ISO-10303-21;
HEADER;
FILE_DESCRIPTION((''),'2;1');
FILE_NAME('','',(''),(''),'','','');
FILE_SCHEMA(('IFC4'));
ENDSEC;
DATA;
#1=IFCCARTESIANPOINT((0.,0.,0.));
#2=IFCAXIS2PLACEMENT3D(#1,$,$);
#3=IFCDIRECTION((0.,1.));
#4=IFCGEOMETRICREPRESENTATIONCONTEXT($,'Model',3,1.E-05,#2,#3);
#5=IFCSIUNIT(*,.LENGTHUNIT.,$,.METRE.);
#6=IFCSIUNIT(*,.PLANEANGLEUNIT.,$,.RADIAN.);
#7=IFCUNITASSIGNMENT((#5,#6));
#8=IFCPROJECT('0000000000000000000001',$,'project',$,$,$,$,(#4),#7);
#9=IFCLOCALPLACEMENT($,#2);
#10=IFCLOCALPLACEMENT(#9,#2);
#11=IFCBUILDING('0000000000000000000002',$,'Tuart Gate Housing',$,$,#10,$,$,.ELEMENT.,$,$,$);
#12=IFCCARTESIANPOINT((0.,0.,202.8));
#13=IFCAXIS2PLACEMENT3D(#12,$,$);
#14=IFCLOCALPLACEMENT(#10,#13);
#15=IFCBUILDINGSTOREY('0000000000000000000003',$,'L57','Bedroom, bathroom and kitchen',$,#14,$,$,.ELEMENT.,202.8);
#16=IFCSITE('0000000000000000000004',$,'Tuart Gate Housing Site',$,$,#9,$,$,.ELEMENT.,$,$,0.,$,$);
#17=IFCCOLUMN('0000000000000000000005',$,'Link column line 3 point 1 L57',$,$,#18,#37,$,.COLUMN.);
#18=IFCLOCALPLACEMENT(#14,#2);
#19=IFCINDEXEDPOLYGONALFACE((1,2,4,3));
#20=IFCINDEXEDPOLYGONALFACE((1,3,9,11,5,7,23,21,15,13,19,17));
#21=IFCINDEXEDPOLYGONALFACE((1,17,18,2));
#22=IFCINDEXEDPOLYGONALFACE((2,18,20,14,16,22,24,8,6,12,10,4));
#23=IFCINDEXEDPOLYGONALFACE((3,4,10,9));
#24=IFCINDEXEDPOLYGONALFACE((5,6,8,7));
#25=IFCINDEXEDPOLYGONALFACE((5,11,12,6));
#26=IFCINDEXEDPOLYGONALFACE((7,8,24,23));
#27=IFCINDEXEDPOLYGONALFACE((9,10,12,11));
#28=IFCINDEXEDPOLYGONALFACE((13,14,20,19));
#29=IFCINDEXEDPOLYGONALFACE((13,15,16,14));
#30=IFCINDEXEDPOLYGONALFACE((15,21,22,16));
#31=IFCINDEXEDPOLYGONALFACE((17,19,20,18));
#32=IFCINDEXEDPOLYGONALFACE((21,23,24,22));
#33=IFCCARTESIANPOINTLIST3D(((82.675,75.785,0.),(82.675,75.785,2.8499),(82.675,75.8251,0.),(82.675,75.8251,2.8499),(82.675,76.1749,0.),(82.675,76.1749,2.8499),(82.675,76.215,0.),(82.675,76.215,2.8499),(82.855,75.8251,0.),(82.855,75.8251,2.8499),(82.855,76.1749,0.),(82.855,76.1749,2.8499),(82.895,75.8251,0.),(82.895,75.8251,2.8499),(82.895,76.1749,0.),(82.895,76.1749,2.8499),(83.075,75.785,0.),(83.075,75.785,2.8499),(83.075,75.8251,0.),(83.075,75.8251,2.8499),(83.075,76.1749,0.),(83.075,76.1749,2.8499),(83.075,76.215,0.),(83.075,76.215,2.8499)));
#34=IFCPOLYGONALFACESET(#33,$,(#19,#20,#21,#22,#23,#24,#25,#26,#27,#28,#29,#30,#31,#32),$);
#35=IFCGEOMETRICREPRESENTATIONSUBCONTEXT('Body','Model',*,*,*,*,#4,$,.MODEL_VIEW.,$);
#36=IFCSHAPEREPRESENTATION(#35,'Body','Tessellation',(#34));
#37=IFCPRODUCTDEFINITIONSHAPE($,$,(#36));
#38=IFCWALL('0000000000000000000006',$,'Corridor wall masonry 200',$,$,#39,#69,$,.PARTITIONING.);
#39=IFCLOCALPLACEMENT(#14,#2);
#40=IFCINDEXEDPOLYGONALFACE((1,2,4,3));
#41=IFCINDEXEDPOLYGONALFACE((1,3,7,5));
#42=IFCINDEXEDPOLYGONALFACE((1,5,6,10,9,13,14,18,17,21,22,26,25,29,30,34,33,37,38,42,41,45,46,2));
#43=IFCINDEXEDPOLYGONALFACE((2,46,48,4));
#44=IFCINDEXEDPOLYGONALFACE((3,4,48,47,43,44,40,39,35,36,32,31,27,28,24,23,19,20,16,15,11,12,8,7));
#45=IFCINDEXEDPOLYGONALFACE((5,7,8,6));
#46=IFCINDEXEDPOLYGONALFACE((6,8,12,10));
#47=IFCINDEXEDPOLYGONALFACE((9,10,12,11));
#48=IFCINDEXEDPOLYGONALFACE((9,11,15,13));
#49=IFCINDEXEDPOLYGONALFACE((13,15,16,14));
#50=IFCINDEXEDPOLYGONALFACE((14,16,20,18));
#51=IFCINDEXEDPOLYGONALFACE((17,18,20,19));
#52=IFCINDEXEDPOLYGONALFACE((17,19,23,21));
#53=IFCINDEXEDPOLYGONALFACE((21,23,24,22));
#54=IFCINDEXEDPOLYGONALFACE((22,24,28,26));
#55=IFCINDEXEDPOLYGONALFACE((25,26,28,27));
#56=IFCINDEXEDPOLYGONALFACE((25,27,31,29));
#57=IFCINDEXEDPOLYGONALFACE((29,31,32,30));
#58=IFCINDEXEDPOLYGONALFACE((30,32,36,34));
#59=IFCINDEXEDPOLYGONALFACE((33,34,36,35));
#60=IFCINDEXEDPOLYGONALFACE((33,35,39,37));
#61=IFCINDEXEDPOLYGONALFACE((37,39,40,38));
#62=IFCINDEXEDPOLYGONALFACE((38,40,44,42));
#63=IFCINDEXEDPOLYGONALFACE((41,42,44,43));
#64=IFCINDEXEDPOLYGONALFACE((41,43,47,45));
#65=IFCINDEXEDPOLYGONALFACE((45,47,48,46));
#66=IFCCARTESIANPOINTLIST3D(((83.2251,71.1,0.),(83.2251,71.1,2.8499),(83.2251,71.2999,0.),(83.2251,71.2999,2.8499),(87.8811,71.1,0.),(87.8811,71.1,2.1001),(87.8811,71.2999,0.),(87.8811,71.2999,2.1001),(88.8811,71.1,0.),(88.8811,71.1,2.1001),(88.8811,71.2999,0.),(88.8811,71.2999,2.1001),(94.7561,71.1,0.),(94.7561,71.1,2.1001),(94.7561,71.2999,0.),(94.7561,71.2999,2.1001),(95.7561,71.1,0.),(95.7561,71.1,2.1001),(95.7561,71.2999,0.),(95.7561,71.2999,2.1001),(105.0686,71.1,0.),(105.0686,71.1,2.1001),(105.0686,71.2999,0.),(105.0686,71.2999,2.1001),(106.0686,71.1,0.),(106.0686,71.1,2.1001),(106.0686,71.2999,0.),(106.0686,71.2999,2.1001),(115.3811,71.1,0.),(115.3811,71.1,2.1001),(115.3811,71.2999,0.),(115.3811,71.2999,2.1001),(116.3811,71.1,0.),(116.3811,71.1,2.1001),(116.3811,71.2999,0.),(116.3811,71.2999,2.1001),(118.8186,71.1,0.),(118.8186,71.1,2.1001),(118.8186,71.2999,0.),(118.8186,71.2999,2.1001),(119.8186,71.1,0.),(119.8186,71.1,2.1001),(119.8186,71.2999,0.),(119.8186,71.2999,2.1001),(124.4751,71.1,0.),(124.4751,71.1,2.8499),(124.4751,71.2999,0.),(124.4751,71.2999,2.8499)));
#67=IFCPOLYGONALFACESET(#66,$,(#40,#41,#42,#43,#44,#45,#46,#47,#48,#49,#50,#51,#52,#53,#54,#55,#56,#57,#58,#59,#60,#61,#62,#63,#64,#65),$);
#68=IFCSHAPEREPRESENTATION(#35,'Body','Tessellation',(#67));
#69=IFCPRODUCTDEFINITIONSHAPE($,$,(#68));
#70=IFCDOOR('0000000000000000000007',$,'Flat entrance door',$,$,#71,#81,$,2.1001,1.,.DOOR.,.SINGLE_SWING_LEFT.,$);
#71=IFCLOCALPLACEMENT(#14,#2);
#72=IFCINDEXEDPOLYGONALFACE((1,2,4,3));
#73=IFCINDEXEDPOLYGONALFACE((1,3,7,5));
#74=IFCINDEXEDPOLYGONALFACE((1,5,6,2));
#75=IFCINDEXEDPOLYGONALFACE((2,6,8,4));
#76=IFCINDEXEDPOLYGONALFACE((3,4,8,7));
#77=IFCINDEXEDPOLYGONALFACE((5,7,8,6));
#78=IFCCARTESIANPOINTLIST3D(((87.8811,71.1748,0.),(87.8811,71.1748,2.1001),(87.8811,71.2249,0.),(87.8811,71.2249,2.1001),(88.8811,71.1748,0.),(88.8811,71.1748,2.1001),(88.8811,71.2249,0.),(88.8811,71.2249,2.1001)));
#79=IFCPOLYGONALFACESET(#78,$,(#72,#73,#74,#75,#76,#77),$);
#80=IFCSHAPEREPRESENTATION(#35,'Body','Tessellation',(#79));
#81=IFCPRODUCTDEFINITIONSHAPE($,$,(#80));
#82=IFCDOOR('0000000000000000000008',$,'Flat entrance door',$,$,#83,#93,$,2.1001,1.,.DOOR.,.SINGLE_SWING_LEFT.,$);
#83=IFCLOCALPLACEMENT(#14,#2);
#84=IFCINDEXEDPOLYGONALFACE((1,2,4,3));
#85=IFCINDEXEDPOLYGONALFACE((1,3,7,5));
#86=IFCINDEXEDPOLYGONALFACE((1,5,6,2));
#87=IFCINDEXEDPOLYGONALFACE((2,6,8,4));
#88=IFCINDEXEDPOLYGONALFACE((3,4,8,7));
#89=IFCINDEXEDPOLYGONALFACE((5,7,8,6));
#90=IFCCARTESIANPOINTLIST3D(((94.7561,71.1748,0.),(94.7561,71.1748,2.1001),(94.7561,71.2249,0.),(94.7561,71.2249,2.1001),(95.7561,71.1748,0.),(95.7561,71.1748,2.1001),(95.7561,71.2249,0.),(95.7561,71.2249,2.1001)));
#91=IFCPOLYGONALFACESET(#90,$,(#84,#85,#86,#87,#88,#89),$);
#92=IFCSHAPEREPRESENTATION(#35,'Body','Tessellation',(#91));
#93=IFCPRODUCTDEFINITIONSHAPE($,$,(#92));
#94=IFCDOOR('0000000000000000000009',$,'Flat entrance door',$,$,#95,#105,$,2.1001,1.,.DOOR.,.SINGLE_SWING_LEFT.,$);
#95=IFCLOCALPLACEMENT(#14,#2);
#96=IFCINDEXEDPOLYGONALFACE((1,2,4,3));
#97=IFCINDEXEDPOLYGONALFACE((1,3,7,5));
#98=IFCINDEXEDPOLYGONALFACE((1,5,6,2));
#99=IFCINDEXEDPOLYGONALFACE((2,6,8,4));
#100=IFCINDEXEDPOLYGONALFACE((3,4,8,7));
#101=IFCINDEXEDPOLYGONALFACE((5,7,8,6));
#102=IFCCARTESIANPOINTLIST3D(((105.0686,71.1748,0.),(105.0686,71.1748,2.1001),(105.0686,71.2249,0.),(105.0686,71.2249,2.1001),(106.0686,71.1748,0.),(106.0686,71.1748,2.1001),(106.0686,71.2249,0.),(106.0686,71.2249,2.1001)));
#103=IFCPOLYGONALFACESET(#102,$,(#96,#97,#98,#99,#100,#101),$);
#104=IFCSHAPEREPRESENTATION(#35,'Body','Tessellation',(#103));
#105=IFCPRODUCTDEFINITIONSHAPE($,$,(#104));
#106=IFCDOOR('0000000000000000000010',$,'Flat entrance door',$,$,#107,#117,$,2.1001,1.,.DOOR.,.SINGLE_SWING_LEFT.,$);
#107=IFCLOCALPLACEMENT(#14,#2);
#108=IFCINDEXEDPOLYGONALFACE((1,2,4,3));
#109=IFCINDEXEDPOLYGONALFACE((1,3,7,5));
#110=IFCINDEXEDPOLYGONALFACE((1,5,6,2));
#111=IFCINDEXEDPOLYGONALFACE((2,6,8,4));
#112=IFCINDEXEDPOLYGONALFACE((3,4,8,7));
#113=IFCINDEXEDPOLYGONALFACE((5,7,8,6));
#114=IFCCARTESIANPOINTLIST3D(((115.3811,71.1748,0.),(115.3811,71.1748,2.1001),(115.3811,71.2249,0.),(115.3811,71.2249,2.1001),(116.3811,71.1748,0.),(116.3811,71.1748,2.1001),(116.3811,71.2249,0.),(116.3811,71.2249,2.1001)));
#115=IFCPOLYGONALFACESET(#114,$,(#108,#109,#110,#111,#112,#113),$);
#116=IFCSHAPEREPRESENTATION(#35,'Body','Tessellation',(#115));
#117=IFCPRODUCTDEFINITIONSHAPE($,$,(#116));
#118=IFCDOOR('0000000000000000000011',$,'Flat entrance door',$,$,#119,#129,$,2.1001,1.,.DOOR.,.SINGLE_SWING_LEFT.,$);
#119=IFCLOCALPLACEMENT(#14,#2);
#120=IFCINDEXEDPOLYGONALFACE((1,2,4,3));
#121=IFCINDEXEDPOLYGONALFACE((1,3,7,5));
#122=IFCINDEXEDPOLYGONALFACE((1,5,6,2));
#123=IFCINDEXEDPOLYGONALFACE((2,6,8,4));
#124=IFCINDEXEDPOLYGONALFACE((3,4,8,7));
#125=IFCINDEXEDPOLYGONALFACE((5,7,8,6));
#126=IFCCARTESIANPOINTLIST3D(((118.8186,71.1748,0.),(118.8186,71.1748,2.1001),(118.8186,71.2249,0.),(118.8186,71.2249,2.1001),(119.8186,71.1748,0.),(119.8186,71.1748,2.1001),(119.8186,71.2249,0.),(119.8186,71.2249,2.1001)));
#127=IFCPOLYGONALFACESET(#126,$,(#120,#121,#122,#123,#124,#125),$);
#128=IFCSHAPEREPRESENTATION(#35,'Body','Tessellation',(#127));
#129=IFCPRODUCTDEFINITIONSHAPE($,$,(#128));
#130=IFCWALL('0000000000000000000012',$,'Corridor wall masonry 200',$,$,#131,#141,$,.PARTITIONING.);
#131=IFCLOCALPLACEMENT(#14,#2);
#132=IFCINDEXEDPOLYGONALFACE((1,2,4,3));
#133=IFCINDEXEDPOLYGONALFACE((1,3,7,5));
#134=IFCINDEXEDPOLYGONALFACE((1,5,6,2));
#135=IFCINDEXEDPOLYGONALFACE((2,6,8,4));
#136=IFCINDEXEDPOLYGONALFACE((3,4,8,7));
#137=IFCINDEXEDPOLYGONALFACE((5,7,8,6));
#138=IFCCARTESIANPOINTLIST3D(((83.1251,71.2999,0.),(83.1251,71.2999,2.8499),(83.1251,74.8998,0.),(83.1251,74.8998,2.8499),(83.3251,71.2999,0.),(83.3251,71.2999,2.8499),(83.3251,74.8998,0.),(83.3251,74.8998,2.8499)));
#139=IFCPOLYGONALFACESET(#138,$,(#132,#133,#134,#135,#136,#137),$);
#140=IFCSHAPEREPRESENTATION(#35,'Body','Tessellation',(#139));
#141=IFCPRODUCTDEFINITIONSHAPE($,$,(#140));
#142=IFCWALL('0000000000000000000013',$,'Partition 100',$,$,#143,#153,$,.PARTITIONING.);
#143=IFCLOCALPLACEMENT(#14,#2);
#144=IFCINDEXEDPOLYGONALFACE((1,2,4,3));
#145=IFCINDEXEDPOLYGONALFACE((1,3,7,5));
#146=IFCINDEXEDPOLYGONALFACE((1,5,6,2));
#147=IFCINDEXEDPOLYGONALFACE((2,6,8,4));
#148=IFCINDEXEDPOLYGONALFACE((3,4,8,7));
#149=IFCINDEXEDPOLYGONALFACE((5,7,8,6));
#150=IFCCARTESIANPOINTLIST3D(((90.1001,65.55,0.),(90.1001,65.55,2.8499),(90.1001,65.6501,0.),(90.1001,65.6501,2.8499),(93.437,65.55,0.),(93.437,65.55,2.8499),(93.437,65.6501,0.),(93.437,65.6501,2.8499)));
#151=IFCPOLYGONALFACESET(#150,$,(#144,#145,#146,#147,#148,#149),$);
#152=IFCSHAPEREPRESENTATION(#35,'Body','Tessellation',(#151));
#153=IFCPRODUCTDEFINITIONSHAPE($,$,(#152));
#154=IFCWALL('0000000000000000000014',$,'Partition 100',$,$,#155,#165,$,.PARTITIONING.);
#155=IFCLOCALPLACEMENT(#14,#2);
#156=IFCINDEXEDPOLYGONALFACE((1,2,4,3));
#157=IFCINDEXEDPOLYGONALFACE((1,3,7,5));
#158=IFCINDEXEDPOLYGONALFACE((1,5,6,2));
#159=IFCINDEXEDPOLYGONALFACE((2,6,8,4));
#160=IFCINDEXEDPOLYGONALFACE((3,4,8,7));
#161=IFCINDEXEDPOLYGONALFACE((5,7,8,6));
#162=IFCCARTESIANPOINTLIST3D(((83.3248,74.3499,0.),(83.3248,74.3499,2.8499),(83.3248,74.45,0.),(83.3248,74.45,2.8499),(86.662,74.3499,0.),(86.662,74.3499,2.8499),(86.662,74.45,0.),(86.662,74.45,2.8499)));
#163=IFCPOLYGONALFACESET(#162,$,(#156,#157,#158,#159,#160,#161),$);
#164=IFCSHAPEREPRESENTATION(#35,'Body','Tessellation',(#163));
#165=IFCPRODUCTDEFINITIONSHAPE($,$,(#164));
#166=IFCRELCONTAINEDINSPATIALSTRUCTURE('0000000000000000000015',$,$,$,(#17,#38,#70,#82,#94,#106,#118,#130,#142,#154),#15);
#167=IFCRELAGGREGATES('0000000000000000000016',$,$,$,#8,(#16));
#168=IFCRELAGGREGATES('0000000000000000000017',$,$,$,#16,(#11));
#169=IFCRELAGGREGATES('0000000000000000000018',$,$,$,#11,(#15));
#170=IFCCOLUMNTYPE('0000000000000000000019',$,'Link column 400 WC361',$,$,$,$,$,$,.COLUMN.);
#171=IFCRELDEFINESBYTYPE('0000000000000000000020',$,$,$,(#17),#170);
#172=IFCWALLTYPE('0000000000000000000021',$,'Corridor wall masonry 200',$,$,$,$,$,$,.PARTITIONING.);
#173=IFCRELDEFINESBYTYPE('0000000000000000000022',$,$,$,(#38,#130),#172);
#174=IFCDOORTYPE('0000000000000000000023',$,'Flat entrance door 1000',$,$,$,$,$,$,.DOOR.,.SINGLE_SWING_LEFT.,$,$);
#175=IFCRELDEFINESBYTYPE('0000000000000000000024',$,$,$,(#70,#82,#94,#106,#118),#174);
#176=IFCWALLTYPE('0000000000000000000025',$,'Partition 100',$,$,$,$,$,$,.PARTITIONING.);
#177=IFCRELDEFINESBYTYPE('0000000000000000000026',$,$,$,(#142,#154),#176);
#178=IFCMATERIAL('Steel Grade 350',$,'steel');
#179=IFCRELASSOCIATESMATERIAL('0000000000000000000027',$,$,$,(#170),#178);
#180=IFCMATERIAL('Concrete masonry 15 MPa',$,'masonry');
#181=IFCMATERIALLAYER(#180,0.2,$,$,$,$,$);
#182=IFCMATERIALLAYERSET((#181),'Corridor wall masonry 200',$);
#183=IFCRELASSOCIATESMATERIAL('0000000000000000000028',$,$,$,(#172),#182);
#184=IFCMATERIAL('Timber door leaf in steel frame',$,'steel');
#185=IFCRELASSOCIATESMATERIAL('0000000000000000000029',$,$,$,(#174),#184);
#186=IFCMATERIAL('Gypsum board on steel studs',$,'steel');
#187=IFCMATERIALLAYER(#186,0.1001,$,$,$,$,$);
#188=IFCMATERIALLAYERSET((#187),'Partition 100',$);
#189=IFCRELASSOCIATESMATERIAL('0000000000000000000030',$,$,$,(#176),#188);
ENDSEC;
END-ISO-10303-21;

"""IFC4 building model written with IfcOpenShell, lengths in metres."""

from ifc_helpers import new_model, si_unit, direction, frame, frame_2d, origin, origin_2d, place, context, subcontext, project, spatial, rectangle, i_section, extrude, material, layer, layer_set, material_profile, profile_set, type_object, element, fill, save


model = new_model("IFC4")

# Units and contexts
model_context = context("Model", 3, precision=1e-05, world=origin(), true_north=direction((0.0, 1.0)))
body_context = subcontext(model_context, "Body", "Model", "MODEL_VIEW")
ifc_project = project(units=[si_unit("LENGTHUNIT", "METRE"), si_unit("PLANEANGLEUNIT", "RADIAN")], contexts=[model_context])

# Site, building, storey
site_placement = place(None, origin())
site = spatial("IfcSite", under=ifc_project, at=site_placement, Name="Tuart Gate Housing Site", CompositionType="ELEMENT", RefElevation=0.0)
building_placement = place(site_placement, origin())
building = spatial("IfcBuilding", under=site, at=building_placement, Name="Tuart Gate Housing", CompositionType="ELEMENT")
storey_placement = place(building_placement, frame((0.0, 0.0, 202.8)))
storey = spatial("IfcBuildingStorey", under=building, at=storey_placement, Name="L57", Description="Bedroom, bathroom and kitchen", CompositionType="ELEMENT", Elevation=202.8)

# Column
ifc_material_1 = material(Name="Steel Grade 350", Category="steel")
ifc_material_profile = material_profile(ifc_material_1, i_section(OverallWidth=0.3999, OverallDepth=0.4299, WebThickness=0.04, FlangeThickness=0.04, at=origin_2d()), Name="400WC361")
ifc_profile_set = profile_set([ifc_material_profile], Name="Steel Grade 350")
column_type = type_object("IfcColumnType", Name="Link column 400 WC361", PredefinedType="COLUMN", material=ifc_profile_set)
column_placement = place(storey_placement, frame((82.875, 76.0, 0.0), z_axis=(0.0, 0.0, 1.0), x_axis=(1.0, 0.0, 0.0)))
element("IfcColumn", 1, at=column_placement, inside=storey, type_object=column_type, Name="Link column line 3 point 1 L57", PredefinedType="COLUMN", context=body_context, shape_type="SweptSolid", body=[
    extrude(i_section(OverallWidth=0.3999, OverallDepth=0.4299, WebThickness=0.04, FlangeThickness=0.04, at=origin_2d()), origin(), (0.0, 0.0, 1.0), 2.8499),
])

# Wall, openings, doors
ifc_material_2 = material(Name="Concrete masonry 15 MPa", Category="masonry")
ifc_layer_1 = layer(ifc_material_2, 0.2)
ifc_layer_set_1 = layer_set([ifc_layer_1], Name="Corridor wall masonry 200")
wall_type_1 = type_object("IfcWallType", Name="Corridor wall masonry 200", PredefinedType="PARTITIONING", material=ifc_layer_set_1)
wall_1_placement = place(storey_placement, frame((83.2251, 71.2, 0.0), z_axis=(0.0, 0.0, 1.0), x_axis=(1.0, 0.0, 0.0)))
wall_1 = element("IfcWall", 2, at=wall_1_placement, inside=storey, type_object=wall_type_1, Name="Corridor wall masonry 200", PredefinedType="PARTITIONING", context=body_context, shape_type="SweptSolid", body=[
    extrude(rectangle(XDim=41.25, YDim=0.2, at=frame_2d((20.625, 0.0))), origin(), (0.0, 0.0, 1.0), 2.8499),
])
opening_1_placement = place(wall_1_placement, frame((4.656, 0.0, 0.0)))
opening_1 = element("IfcOpeningElement", 3, at=opening_1_placement, cuts=wall_1, PredefinedType="OPENING", context=body_context, shape_type="SweptSolid", body=[
    extrude(rectangle(XDim=1.0, YDim=2.1001, at=frame_2d((0.5, 1.05))), frame((0.0, 0.1099, 0.0), z_axis=(0.0, -1.0, 0.0), x_axis=(1.0, 0.0, 0.0)), (0.0, 0.0, 1.0), 0.22),
])
opening_2_placement = place(wall_1_placement, frame((11.531, 0.0, 0.0)))
opening_2 = element("IfcOpeningElement", 4, at=opening_2_placement, cuts=wall_1, PredefinedType="OPENING", context=body_context, shape_type="SweptSolid", body=[
    extrude(rectangle(XDim=1.0, YDim=2.1001, at=frame_2d((0.5, 1.05))), frame((0.0, 0.1099, 0.0), z_axis=(0.0, -1.0, 0.0), x_axis=(1.0, 0.0, 0.0)), (0.0, 0.0, 1.0), 0.22),
])
opening_3_placement = place(wall_1_placement, frame((21.8435, 0.0, 0.0)))
opening_3 = element("IfcOpeningElement", 5, at=opening_3_placement, cuts=wall_1, PredefinedType="OPENING", context=body_context, shape_type="SweptSolid", body=[
    extrude(rectangle(XDim=1.0, YDim=2.1001, at=frame_2d((0.5, 1.05))), frame((0.0, 0.1099, 0.0), z_axis=(0.0, -1.0, 0.0), x_axis=(1.0, 0.0, 0.0)), (0.0, 0.0, 1.0), 0.22),
])
opening_4_placement = place(wall_1_placement, frame((32.156, 0.0, 0.0)))
opening_4 = element("IfcOpeningElement", 6, at=opening_4_placement, cuts=wall_1, PredefinedType="OPENING", context=body_context, shape_type="SweptSolid", body=[
    extrude(rectangle(XDim=1.0, YDim=2.1001, at=frame_2d((0.5, 1.05))), frame((0.0, 0.1099, 0.0), z_axis=(0.0, -1.0, 0.0), x_axis=(1.0, 0.0, 0.0)), (0.0, 0.0, 1.0), 0.22),
])
opening_5_placement = place(wall_1_placement, frame((35.5935, 0.0, 0.0)))
opening_5 = element("IfcOpeningElement", 7, at=opening_5_placement, cuts=wall_1, PredefinedType="OPENING", context=body_context, shape_type="SweptSolid", body=[
    extrude(rectangle(XDim=1.0, YDim=2.1001, at=frame_2d((0.5, 1.05))), frame((0.0, 0.1099, 0.0), z_axis=(0.0, -1.0, 0.0), x_axis=(1.0, 0.0, 0.0)), (0.0, 0.0, 1.0), 0.22),
])
ifc_material_3 = material(Name="Timber door leaf in steel frame", Category="steel")
door_type_1 = type_object("IfcDoorType", Name="Flat entrance door 1000", OperationType="SINGLE_SWING_LEFT", PredefinedType="DOOR", material=ifc_material_3)
door_1_placement = place(opening_1_placement, origin())
door_1 = element("IfcDoor", 8, at=door_1_placement, inside=storey, type_object=door_type_1, Name="Flat entrance door", OperationType="SINGLE_SWING_LEFT", OverallHeight=2.1001, OverallWidth=1.0, PredefinedType="DOOR", context=body_context, shape_type="SweptSolid", body=[
    extrude(rectangle(XDim=1.0, YDim=2.1001, at=frame_2d((0.5, 1.05))), frame((0.0, 0.0249, 0.0), z_axis=(0.0, -1.0, 0.0), x_axis=(1.0, 0.0, 0.0)), (0.0, 0.0, 1.0), 0.05),
])
fill(opening_1, door_1)
door_2_placement = place(opening_2_placement, origin())
door_2 = element("IfcDoor", 9, at=door_2_placement, inside=storey, type_object=door_type_1, Name="Flat entrance door", OperationType="SINGLE_SWING_LEFT", OverallHeight=2.1001, OverallWidth=1.0, PredefinedType="DOOR", context=body_context, shape_type="SweptSolid", body=[
    extrude(rectangle(XDim=1.0, YDim=2.1001, at=frame_2d((0.5, 1.05))), frame((0.0, 0.0249, 0.0), z_axis=(0.0, -1.0, 0.0), x_axis=(1.0, 0.0, 0.0)), (0.0, 0.0, 1.0), 0.05),
])
fill(opening_2, door_2)
door_3_placement = place(opening_3_placement, origin())
door_3 = element("IfcDoor", 10, at=door_3_placement, inside=storey, type_object=door_type_1, Name="Flat entrance door", OperationType="SINGLE_SWING_LEFT", OverallHeight=2.1001, OverallWidth=1.0, PredefinedType="DOOR", context=body_context, shape_type="SweptSolid", body=[
    extrude(rectangle(XDim=1.0, YDim=2.1001, at=frame_2d((0.5, 1.05))), frame((0.0, 0.0249, 0.0), z_axis=(0.0, -1.0, 0.0), x_axis=(1.0, 0.0, 0.0)), (0.0, 0.0, 1.0), 0.05),
])
fill(opening_3, door_3)
door_4_placement = place(opening_4_placement, origin())
door_4 = element("IfcDoor", 11, at=door_4_placement, inside=storey, type_object=door_type_1, Name="Flat entrance door", OperationType="SINGLE_SWING_LEFT", OverallHeight=2.1001, OverallWidth=1.0, PredefinedType="DOOR", context=body_context, shape_type="SweptSolid", body=[
    extrude(rectangle(XDim=1.0, YDim=2.1001, at=frame_2d((0.5, 1.05))), frame((0.0, 0.0249, 0.0), z_axis=(0.0, -1.0, 0.0), x_axis=(1.0, 0.0, 0.0)), (0.0, 0.0, 1.0), 0.05),
])
fill(opening_4, door_4)
door_5_placement = place(opening_5_placement, origin())
door_5 = element("IfcDoor", 12, at=door_5_placement, inside=storey, type_object=door_type_1, Name="Flat entrance door", OperationType="SINGLE_SWING_LEFT", OverallHeight=2.1001, OverallWidth=1.0, PredefinedType="DOOR", context=body_context, shape_type="SweptSolid", body=[
    extrude(rectangle(XDim=1.0, YDim=2.1001, at=frame_2d((0.5, 1.05))), frame((0.0, 0.0249, 0.0), z_axis=(0.0, -1.0, 0.0), x_axis=(1.0, 0.0, 0.0)), (0.0, 0.0, 1.0), 0.05),
])
fill(opening_5, door_5)

# Walls
wall_2_placement = place(storey_placement, frame((83.2251, 71.3, 0.0), z_axis=(0.0, 0.0, 1.0), x_axis=(0.0, 1.0, 0.0)))
element("IfcWall", 13, at=wall_2_placement, inside=storey, type_object=wall_type_1, Name="Corridor wall masonry 200", PredefinedType="PARTITIONING", context=body_context, shape_type="SweptSolid", body=[
    extrude(rectangle(XDim=3.5999, YDim=0.2, at=frame_2d((1.7998, 0.0))), origin(), (0.0, 0.0, 1.0), 2.8499),
])
ifc_material_4 = material(Name="Gypsum board on steel studs", Category="steel")
ifc_layer_2 = layer(ifc_material_4, 0.1001)
ifc_layer_set_2 = layer_set([ifc_layer_2], Name="Partition 100")
wall_type_2 = type_object("IfcWallType", Name="Partition 100", PredefinedType="PARTITIONING", material=ifc_layer_set_2)
wall_3_placement = place(storey_placement, frame((90.1001, 65.6001, 0.0), z_axis=(0.0, 0.0, 1.0), x_axis=(1.0, 0.0, 0.0)))
element("IfcWall", 14, at=wall_3_placement, inside=storey, type_object=wall_type_2, Name="Partition 100", PredefinedType="PARTITIONING", context=body_context, shape_type="SweptSolid", body=[
    extrude(rectangle(XDim=3.3369, YDim=0.1001, at=frame_2d((1.6685, 0.0))), origin(), (0.0, 0.0, 1.0), 2.8499),
])
wall_4_placement = place(storey_placement, frame((83.325, 74.3999, 0.0), z_axis=(0.0, 0.0, 1.0), x_axis=(1.0, 0.0, 0.0)))
element("IfcWall", 15, at=wall_4_placement, inside=storey, type_object=wall_type_2, Name="Partition 100", PredefinedType="PARTITIONING", context=body_context, shape_type="SweptSolid", body=[
    extrude(rectangle(XDim=3.3372, YDim=0.1001, at=frame_2d((1.6685, 0.0))), origin(), (0.0, 0.0, 1.0), 2.8499),
])

save(model, "model.ifc")
